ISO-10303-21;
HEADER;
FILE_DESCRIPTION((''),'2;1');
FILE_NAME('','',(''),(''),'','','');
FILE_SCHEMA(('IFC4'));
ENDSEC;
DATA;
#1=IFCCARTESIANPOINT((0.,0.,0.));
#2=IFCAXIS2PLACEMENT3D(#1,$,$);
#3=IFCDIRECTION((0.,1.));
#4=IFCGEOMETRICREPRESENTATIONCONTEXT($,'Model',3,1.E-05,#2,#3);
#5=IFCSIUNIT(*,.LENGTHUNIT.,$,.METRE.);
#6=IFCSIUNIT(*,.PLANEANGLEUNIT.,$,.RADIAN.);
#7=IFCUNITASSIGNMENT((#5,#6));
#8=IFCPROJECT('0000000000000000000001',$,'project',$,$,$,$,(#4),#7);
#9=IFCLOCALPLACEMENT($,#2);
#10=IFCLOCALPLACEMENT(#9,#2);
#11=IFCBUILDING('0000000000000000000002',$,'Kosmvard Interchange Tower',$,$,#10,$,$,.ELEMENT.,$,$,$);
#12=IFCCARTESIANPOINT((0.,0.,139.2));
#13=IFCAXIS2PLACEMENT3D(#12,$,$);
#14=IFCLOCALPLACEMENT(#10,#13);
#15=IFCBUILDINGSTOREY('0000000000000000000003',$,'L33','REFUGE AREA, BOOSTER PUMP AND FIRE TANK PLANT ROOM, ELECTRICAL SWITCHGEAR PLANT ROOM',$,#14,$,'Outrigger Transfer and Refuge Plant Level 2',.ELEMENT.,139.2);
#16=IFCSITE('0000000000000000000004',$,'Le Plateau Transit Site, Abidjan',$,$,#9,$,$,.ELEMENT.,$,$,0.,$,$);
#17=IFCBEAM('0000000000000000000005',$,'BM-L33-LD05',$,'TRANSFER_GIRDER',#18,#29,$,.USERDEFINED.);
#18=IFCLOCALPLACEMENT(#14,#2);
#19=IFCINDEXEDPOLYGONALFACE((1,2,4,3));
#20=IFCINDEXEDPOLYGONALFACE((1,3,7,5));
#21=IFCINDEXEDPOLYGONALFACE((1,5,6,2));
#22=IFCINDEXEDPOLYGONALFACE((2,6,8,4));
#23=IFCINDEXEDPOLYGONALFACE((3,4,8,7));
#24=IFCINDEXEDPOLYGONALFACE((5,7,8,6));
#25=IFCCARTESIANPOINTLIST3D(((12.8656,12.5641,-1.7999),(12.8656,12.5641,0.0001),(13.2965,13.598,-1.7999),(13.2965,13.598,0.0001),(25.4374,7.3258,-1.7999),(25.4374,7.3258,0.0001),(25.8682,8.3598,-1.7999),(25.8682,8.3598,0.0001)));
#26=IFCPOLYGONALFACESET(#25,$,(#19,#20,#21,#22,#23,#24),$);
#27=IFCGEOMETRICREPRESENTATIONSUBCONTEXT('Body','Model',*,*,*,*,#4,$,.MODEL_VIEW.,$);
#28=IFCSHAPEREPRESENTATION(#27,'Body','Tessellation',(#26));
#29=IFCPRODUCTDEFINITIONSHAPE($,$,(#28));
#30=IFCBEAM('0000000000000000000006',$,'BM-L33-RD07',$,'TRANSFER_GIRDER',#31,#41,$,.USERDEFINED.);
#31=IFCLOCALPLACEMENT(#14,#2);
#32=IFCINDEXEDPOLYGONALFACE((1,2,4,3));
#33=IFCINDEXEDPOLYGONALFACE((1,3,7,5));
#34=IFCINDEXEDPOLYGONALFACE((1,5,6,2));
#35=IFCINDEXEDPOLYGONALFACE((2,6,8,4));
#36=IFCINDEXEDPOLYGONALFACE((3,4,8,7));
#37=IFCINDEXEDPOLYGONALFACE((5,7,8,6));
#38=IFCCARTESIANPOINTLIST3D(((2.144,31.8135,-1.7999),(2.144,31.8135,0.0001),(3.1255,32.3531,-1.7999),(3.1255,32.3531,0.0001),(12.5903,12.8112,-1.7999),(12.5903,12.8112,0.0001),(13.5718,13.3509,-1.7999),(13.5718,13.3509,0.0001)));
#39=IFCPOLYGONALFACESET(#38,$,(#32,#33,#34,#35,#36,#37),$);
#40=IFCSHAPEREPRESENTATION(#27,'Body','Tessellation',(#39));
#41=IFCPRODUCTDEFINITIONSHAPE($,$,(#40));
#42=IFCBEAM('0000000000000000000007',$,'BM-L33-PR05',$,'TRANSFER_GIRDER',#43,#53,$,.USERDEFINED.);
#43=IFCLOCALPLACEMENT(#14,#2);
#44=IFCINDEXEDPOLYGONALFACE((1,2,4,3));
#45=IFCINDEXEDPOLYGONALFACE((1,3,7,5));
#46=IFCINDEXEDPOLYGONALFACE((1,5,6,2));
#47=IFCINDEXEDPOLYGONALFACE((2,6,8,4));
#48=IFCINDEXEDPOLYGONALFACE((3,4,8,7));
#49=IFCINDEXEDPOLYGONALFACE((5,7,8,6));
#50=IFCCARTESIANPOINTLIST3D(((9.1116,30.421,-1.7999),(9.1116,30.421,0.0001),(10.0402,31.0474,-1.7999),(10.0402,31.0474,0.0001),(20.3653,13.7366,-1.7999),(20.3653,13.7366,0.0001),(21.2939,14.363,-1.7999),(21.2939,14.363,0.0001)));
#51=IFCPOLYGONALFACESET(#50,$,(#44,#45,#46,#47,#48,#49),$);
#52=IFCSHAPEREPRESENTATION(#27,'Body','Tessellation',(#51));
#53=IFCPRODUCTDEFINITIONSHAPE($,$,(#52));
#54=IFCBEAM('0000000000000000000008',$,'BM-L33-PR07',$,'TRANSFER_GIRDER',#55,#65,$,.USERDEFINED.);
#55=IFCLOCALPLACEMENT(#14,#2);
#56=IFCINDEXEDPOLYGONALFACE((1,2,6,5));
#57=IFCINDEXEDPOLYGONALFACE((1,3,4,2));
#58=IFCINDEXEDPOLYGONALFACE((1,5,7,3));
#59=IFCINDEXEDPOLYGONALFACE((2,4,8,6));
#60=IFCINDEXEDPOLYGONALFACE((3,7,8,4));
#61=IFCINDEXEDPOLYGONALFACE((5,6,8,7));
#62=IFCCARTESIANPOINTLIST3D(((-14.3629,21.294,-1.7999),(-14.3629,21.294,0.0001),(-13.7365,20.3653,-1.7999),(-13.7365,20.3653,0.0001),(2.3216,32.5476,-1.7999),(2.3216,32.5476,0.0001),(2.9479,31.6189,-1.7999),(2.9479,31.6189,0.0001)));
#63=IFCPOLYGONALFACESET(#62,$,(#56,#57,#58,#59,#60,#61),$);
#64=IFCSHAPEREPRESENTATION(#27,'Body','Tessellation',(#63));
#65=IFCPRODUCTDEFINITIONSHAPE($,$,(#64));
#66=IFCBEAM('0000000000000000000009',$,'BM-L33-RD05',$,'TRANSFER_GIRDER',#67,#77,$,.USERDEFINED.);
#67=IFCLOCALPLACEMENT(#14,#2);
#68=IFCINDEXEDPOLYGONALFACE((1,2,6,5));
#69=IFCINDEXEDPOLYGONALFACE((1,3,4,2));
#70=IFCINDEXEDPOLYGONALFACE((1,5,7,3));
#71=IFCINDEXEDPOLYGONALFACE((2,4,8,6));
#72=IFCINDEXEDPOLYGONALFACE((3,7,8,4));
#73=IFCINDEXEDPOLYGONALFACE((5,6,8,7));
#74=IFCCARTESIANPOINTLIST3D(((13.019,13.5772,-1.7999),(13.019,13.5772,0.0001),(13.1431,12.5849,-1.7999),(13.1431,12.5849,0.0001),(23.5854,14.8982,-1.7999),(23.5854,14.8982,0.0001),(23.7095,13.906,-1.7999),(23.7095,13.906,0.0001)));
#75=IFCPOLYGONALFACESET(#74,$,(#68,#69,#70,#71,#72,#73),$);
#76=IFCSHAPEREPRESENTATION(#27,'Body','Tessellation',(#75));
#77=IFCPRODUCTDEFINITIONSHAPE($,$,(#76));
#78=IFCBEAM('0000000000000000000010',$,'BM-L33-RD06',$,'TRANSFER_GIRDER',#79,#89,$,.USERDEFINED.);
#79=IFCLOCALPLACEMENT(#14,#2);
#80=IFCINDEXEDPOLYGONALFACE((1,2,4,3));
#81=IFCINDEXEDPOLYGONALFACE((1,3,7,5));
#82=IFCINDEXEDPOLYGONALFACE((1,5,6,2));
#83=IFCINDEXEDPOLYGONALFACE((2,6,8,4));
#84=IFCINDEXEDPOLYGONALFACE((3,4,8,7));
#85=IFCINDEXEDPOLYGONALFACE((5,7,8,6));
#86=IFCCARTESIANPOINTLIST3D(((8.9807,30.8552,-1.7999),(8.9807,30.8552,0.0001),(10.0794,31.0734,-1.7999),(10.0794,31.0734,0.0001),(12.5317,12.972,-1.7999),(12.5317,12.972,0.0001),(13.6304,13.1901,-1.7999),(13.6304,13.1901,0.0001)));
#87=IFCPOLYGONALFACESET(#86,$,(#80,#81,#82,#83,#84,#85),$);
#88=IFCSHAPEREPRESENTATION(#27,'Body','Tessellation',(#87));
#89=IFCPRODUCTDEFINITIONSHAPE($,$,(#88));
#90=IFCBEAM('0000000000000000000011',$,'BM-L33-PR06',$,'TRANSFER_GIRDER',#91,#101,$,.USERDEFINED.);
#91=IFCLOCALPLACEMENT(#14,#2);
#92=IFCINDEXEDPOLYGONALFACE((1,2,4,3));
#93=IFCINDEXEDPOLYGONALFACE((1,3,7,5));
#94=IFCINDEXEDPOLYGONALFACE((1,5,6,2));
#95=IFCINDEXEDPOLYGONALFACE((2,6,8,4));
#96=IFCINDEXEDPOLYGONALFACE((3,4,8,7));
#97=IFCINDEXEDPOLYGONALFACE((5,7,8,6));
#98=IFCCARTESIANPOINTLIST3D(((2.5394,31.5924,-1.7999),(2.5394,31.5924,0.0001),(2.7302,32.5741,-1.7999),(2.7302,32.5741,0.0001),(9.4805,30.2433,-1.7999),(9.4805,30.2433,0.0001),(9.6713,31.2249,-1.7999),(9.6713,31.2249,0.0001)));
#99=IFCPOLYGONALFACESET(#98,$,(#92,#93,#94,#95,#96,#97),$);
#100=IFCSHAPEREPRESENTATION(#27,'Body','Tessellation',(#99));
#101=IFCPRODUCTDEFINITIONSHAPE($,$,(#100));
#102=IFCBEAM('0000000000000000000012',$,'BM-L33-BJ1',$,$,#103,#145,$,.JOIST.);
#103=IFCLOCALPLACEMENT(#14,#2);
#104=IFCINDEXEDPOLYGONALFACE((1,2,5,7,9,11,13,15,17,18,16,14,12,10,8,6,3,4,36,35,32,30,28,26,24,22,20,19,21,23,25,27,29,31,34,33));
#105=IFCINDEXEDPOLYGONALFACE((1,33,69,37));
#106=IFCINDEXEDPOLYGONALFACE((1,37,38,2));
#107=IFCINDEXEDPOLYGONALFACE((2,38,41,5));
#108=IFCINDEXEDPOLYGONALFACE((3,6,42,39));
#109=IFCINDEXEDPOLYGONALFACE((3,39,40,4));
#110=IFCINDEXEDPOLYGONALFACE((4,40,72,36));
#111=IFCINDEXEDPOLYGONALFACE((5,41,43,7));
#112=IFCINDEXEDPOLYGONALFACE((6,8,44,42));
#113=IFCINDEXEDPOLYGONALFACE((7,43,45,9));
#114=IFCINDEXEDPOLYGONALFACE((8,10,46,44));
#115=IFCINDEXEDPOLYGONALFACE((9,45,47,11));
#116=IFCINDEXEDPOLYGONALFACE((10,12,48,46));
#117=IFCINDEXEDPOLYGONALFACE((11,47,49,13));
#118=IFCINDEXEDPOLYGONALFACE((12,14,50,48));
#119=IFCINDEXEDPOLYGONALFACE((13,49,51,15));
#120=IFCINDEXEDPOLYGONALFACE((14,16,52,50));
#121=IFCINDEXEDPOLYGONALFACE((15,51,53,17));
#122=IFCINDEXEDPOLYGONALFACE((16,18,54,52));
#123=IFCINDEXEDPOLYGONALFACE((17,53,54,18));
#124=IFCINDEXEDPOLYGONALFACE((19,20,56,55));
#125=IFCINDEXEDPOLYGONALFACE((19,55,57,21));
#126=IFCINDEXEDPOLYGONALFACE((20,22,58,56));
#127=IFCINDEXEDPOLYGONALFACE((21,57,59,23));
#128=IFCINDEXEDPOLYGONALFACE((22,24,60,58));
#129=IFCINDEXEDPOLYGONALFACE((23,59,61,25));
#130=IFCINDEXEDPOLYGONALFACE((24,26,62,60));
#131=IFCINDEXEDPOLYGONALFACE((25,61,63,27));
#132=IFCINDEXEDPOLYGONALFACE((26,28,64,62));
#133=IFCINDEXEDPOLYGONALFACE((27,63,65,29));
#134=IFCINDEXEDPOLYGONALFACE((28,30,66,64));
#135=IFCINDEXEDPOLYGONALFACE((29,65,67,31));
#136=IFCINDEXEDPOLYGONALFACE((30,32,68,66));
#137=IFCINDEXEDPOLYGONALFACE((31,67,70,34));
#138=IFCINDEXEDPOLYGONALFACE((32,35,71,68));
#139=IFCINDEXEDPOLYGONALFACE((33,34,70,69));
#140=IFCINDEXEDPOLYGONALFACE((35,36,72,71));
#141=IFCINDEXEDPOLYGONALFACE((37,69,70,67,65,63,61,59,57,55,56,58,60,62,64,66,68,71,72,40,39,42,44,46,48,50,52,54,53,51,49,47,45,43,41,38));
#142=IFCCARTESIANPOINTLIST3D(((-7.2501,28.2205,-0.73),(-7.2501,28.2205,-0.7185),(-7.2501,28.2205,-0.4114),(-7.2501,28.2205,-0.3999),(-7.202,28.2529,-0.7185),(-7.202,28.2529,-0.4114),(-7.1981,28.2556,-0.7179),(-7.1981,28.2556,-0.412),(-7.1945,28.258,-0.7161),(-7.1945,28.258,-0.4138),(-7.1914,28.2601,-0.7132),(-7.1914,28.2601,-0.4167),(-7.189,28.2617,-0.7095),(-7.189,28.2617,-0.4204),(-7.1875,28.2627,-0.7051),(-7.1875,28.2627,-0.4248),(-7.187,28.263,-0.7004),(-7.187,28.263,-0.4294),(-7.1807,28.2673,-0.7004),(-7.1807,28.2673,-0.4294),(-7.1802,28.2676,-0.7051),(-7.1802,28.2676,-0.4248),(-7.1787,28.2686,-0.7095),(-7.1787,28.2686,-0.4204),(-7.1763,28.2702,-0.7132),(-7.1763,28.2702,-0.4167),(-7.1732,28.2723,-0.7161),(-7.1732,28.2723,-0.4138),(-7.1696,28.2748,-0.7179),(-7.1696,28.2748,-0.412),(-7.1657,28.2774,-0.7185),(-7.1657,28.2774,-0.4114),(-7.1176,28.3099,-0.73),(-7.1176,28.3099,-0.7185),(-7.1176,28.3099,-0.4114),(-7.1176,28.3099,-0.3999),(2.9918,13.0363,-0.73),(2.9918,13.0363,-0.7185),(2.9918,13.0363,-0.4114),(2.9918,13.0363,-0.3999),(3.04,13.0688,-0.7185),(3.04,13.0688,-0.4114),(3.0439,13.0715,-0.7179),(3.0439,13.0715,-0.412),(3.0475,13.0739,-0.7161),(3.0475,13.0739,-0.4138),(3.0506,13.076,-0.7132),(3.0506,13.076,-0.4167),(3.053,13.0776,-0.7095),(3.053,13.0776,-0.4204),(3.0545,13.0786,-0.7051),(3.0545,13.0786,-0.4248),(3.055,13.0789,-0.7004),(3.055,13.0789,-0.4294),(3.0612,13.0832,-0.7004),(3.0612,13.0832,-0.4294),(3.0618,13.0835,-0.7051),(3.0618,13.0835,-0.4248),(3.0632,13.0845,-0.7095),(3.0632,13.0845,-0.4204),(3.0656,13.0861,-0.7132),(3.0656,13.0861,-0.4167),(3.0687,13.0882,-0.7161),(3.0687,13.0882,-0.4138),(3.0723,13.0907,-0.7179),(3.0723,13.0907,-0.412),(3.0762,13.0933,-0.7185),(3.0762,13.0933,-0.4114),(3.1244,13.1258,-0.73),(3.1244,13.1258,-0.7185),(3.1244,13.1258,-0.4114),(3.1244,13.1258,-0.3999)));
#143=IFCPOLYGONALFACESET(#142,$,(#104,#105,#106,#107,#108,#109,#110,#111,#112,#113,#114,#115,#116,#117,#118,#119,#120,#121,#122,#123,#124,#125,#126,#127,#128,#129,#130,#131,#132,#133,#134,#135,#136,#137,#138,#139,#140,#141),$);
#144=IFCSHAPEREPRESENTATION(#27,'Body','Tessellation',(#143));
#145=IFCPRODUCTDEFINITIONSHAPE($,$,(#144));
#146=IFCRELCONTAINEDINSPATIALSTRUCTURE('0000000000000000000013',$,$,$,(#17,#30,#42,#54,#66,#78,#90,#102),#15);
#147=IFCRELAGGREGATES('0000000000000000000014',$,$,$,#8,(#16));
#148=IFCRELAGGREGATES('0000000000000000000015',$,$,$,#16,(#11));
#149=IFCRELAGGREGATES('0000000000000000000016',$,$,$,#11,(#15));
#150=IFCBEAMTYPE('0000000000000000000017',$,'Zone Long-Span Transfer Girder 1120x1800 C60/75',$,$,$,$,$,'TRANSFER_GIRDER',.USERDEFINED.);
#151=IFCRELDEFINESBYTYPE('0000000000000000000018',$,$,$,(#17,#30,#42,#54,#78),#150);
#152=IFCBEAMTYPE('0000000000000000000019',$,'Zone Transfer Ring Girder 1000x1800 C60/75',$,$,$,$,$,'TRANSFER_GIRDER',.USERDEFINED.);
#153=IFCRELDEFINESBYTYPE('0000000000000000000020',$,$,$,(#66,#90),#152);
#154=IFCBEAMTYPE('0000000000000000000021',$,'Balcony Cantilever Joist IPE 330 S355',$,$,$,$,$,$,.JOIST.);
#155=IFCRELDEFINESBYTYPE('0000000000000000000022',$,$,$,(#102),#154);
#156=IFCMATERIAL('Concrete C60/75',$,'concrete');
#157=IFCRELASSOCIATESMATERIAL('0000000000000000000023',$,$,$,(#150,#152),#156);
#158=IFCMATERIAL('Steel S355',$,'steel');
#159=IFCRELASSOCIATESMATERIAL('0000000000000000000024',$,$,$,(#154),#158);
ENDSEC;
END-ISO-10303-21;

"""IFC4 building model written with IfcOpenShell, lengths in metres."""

from ifc_helpers import new_model, si_unit, direction, frame, origin, origin_2d, place, context, subcontext, project, spatial, rectangle, i_section, extrude, source, transform, mapped, material, material_profile, profile_set, type_object, element, save


model = new_model("IFC4")

# Units and contexts
model_context = context("Model", 3, precision=1e-05, world=origin(), true_north=direction((0.0, 1.0)))
body_context = subcontext(model_context, "Body", "Model", "MODEL_VIEW")
ifc_project = project(units=[si_unit("LENGTHUNIT", "METRE"), si_unit("PLANEANGLEUNIT", "RADIAN")], contexts=[model_context])

# Site, building, storey
site_placement = place(None, origin())
site = spatial("IfcSite", under=ifc_project, at=site_placement, Name="Le Plateau Transit Site, Abidjan", CompositionType="ELEMENT", RefElevation=0.0)
building_placement = place(site_placement, origin())
building = spatial("IfcBuilding", under=site, at=building_placement, Name="Kosmvard Interchange Tower", CompositionType="ELEMENT")
storey_placement = place(building_placement, frame((0.0, 0.0, 139.2)))
storey = spatial("IfcBuildingStorey", under=building, at=storey_placement, Name="L33", Description="REFUGE AREA, BOOSTER PUMP AND FIRE TANK PLANT ROOM, ELECTRICAL SWITCHGEAR PLANT ROOM", LongName="Outrigger Transfer and Refuge Plant Level 2", CompositionType="ELEMENT", Elevation=139.2)

# Shared definitions
ifc_material_1 = material(Name="Concrete C60/75", Category="concrete")
ifc_material_profile_1 = material_profile(ifc_material_1, rectangle(XDim=1.1201, YDim=1.8, at=origin_2d()), Name="TG 1120x1800")
ifc_profile_set_1 = profile_set([ifc_material_profile_1], Name="Concrete C60/75")
beam_type_1 = type_object("IfcBeamType", Name="Zone Long-Span Transfer Girder 1120x1800 C60/75", ElementType="TRANSFER_GIRDER", PredefinedType="USERDEFINED", material=ifc_profile_set_1)
ifc_material_profile_2 = material_profile(ifc_material_1, rectangle(XDim=1.0, YDim=1.8, at=origin_2d()), Name="TG 1000x1800")
ifc_profile_set_2 = profile_set([ifc_material_profile_2], Name="Concrete C60/75")
beam_type_2 = type_object("IfcBeamType", Name="Zone Transfer Ring Girder 1000x1800 C60/75", ElementType="TRANSFER_GIRDER", PredefinedType="USERDEFINED", material=ifc_profile_set_2)

# Beams
shared_shape_1 = source(origin(), body_context, "Body", "SweptSolid", [
    extrude(rectangle(XDim=1.1201, YDim=1.8, at=origin_2d()), origin(), (0.0, 0.0, 1.0), 13.6194),
])
beam_1_placement = place(storey_placement, frame((13.0811, 13.0811, -0.8999), z_axis=(0.923076, -0.384618, 0.0), x_axis=(0.384618, 0.923076, 0.0)))
element("IfcBeam", 1, at=beam_1_placement, inside=storey, type_object=beam_type_1, Name="BM-L33-LD05", ObjectType="TRANSFER_GIRDER", PredefinedType="USERDEFINED", context=body_context, shape_type="MappedRepresentation", body=[
    mapped(shared_shape_1, transform((0.0, 0.0, 0.0), scale=1.0)),
])
shared_shape_2 = source(origin(), body_context, "Body", "SweptSolid", [
    extrude(rectangle(XDim=1.1201, YDim=1.8, at=origin_2d()), origin(), (0.0, 0.0, 1.0), 21.6843),
])
beam_2_placement = place(storey_placement, frame((13.0811, 13.0811, -0.8999), z_axis=(-0.481745, 0.876312, 0.0), x_axis=(-0.876312, -0.481745, 0.0)))
element("IfcBeam", 2, at=beam_2_placement, inside=storey, type_object=beam_type_1, Name="BM-L33-RD07", ObjectType="TRANSFER_GIRDER", PredefinedType="USERDEFINED", context=body_context, shape_type="MappedRepresentation", body=[
    mapped(shared_shape_2, transform((0.0, 0.0, 0.0), scale=1.0)),
])
shared_shape_3 = source(origin(), body_context, "Body", "SweptSolid", [
    extrude(rectangle(XDim=1.1201, YDim=1.8, at=origin_2d()), origin(), (0.0, 0.0, 1.0), 20.125),
])
for number, where, z_axis, x_axis, name in (
    (3, (20.8296, 14.0498, -0.8999), (-0.559191, 0.829039, 0.0), (-0.829039, -0.559191, 0.0), "BM-L33-PR05"),
    (4, (2.6348, 32.0833, -0.8999), (-0.829043, -0.559185, 0.0), (0.559185, -0.829043, 0.0), "BM-L33-PR07"),
):
    element("IfcBeam", number, at=place(storey_placement, frame(where, z_axis=z_axis, x_axis=x_axis)), inside=storey, type_object=beam_type_1, Name=name, ObjectType="TRANSFER_GIRDER", PredefinedType="USERDEFINED", context=body_context, shape_type="MappedRepresentation", body=[
        mapped(shared_shape_3, transform((0.0, 0.0, 0.0), scale=1.0)),
    ])
shared_shape_4 = source(origin(), body_context, "Body", "SweptSolid", [
    extrude(rectangle(XDim=1.0, YDim=1.8, at=origin_2d()), origin(), (0.0, 0.0, 1.0), 10.6487),
])
beam_3_placement = place(storey_placement, frame((13.0811, 13.0811, -0.8999), z_axis=(0.992275, 0.124057, 0.0), x_axis=(-0.124057, 0.992275, 0.0)))
element("IfcBeam", 5, at=beam_3_placement, inside=storey, type_object=beam_type_2, Name="BM-L33-RD05", ObjectType="TRANSFER_GIRDER", PredefinedType="USERDEFINED", context=body_context, shape_type="MappedRepresentation", body=[
    mapped(shared_shape_4, transform((0.0, 0.0, 0.0), scale=1.0)),
])
shared_shape_5 = source(origin(), body_context, "Body", "SweptSolid", [
    extrude(rectangle(XDim=1.1201, YDim=1.8, at=origin_2d()), origin(), (0.0, 0.0, 1.0), 18.2324),
])
beam_4_placement = place(storey_placement, frame((13.0811, 13.0811, -0.8999), z_axis=(-0.194764, 0.98085, 0.0), x_axis=(-0.98085, -0.194764, 0.0)))
element("IfcBeam", 6, at=beam_4_placement, inside=storey, type_object=beam_type_1, Name="BM-L33-RD06", ObjectType="TRANSFER_GIRDER", PredefinedType="USERDEFINED", context=body_context, shape_type="MappedRepresentation", body=[
    mapped(shared_shape_5, transform((0.0, 0.0, 0.0), scale=1.0)),
])
shared_shape_6 = source(origin(), body_context, "Body", "SweptSolid", [
    extrude(rectangle(XDim=1.0, YDim=1.8, at=origin_2d()), origin(), (0.0, 0.0, 1.0), 7.071),
])
beam_5_placement = place(storey_placement, frame((9.5759, 30.7341, -0.8999), z_axis=(-0.98163, 0.190795, 0.0), x_axis=(-0.190795, -0.98163, 0.0)))
element("IfcBeam", 7, at=beam_5_placement, inside=storey, type_object=beam_type_2, Name="BM-L33-PR06", ObjectType="TRANSFER_GIRDER", PredefinedType="USERDEFINED", context=body_context, shape_type="MappedRepresentation", body=[
    mapped(shared_shape_6, transform((0.0, 0.0, 0.0), scale=1.0)),
])
ifc_material_2 = material(Name="Steel S355", Category="steel")
ifc_material_profile_3 = material_profile(ifc_material_2, i_section(OverallWidth=0.1599, OverallDepth=0.3301, WebThickness=0.0076, FlangeThickness=0.0115, FilletRadius=0.0181, at=origin_2d()), Name="IPE 330")
ifc_profile_set_3 = profile_set([ifc_material_profile_3], Name="Steel S355")
beam_type_3 = type_object("IfcBeamType", Name="Balcony Cantilever Joist IPE 330 S355", PredefinedType="JOIST", material=ifc_profile_set_3)
shared_shape_7 = source(origin(), body_context, "Body", "SweptSolid", [
    extrude(i_section(OverallWidth=0.1599, OverallDepth=0.3301, WebThickness=0.0076, FlangeThickness=0.0115, FilletRadius=0.0181, at=origin_2d()), origin(), (0.0, 0.0, 1.0), 18.3154),
])
beam_6_placement = place(storey_placement, frame((3.0581, 13.0811, -0.5649), z_axis=(-0.559199, 0.829034, 0.0), x_axis=(-0.829034, -0.559199, 0.0)))
element("IfcBeam", 8, at=beam_6_placement, inside=storey, type_object=beam_type_3, Name="BM-L33-BJ1", PredefinedType="JOIST", context=body_context, shape_type="MappedRepresentation", body=[
    mapped(shared_shape_7, transform((0.0, 0.0, 0.0), scale=1.0)),
])

save(model, "model.ifc")
